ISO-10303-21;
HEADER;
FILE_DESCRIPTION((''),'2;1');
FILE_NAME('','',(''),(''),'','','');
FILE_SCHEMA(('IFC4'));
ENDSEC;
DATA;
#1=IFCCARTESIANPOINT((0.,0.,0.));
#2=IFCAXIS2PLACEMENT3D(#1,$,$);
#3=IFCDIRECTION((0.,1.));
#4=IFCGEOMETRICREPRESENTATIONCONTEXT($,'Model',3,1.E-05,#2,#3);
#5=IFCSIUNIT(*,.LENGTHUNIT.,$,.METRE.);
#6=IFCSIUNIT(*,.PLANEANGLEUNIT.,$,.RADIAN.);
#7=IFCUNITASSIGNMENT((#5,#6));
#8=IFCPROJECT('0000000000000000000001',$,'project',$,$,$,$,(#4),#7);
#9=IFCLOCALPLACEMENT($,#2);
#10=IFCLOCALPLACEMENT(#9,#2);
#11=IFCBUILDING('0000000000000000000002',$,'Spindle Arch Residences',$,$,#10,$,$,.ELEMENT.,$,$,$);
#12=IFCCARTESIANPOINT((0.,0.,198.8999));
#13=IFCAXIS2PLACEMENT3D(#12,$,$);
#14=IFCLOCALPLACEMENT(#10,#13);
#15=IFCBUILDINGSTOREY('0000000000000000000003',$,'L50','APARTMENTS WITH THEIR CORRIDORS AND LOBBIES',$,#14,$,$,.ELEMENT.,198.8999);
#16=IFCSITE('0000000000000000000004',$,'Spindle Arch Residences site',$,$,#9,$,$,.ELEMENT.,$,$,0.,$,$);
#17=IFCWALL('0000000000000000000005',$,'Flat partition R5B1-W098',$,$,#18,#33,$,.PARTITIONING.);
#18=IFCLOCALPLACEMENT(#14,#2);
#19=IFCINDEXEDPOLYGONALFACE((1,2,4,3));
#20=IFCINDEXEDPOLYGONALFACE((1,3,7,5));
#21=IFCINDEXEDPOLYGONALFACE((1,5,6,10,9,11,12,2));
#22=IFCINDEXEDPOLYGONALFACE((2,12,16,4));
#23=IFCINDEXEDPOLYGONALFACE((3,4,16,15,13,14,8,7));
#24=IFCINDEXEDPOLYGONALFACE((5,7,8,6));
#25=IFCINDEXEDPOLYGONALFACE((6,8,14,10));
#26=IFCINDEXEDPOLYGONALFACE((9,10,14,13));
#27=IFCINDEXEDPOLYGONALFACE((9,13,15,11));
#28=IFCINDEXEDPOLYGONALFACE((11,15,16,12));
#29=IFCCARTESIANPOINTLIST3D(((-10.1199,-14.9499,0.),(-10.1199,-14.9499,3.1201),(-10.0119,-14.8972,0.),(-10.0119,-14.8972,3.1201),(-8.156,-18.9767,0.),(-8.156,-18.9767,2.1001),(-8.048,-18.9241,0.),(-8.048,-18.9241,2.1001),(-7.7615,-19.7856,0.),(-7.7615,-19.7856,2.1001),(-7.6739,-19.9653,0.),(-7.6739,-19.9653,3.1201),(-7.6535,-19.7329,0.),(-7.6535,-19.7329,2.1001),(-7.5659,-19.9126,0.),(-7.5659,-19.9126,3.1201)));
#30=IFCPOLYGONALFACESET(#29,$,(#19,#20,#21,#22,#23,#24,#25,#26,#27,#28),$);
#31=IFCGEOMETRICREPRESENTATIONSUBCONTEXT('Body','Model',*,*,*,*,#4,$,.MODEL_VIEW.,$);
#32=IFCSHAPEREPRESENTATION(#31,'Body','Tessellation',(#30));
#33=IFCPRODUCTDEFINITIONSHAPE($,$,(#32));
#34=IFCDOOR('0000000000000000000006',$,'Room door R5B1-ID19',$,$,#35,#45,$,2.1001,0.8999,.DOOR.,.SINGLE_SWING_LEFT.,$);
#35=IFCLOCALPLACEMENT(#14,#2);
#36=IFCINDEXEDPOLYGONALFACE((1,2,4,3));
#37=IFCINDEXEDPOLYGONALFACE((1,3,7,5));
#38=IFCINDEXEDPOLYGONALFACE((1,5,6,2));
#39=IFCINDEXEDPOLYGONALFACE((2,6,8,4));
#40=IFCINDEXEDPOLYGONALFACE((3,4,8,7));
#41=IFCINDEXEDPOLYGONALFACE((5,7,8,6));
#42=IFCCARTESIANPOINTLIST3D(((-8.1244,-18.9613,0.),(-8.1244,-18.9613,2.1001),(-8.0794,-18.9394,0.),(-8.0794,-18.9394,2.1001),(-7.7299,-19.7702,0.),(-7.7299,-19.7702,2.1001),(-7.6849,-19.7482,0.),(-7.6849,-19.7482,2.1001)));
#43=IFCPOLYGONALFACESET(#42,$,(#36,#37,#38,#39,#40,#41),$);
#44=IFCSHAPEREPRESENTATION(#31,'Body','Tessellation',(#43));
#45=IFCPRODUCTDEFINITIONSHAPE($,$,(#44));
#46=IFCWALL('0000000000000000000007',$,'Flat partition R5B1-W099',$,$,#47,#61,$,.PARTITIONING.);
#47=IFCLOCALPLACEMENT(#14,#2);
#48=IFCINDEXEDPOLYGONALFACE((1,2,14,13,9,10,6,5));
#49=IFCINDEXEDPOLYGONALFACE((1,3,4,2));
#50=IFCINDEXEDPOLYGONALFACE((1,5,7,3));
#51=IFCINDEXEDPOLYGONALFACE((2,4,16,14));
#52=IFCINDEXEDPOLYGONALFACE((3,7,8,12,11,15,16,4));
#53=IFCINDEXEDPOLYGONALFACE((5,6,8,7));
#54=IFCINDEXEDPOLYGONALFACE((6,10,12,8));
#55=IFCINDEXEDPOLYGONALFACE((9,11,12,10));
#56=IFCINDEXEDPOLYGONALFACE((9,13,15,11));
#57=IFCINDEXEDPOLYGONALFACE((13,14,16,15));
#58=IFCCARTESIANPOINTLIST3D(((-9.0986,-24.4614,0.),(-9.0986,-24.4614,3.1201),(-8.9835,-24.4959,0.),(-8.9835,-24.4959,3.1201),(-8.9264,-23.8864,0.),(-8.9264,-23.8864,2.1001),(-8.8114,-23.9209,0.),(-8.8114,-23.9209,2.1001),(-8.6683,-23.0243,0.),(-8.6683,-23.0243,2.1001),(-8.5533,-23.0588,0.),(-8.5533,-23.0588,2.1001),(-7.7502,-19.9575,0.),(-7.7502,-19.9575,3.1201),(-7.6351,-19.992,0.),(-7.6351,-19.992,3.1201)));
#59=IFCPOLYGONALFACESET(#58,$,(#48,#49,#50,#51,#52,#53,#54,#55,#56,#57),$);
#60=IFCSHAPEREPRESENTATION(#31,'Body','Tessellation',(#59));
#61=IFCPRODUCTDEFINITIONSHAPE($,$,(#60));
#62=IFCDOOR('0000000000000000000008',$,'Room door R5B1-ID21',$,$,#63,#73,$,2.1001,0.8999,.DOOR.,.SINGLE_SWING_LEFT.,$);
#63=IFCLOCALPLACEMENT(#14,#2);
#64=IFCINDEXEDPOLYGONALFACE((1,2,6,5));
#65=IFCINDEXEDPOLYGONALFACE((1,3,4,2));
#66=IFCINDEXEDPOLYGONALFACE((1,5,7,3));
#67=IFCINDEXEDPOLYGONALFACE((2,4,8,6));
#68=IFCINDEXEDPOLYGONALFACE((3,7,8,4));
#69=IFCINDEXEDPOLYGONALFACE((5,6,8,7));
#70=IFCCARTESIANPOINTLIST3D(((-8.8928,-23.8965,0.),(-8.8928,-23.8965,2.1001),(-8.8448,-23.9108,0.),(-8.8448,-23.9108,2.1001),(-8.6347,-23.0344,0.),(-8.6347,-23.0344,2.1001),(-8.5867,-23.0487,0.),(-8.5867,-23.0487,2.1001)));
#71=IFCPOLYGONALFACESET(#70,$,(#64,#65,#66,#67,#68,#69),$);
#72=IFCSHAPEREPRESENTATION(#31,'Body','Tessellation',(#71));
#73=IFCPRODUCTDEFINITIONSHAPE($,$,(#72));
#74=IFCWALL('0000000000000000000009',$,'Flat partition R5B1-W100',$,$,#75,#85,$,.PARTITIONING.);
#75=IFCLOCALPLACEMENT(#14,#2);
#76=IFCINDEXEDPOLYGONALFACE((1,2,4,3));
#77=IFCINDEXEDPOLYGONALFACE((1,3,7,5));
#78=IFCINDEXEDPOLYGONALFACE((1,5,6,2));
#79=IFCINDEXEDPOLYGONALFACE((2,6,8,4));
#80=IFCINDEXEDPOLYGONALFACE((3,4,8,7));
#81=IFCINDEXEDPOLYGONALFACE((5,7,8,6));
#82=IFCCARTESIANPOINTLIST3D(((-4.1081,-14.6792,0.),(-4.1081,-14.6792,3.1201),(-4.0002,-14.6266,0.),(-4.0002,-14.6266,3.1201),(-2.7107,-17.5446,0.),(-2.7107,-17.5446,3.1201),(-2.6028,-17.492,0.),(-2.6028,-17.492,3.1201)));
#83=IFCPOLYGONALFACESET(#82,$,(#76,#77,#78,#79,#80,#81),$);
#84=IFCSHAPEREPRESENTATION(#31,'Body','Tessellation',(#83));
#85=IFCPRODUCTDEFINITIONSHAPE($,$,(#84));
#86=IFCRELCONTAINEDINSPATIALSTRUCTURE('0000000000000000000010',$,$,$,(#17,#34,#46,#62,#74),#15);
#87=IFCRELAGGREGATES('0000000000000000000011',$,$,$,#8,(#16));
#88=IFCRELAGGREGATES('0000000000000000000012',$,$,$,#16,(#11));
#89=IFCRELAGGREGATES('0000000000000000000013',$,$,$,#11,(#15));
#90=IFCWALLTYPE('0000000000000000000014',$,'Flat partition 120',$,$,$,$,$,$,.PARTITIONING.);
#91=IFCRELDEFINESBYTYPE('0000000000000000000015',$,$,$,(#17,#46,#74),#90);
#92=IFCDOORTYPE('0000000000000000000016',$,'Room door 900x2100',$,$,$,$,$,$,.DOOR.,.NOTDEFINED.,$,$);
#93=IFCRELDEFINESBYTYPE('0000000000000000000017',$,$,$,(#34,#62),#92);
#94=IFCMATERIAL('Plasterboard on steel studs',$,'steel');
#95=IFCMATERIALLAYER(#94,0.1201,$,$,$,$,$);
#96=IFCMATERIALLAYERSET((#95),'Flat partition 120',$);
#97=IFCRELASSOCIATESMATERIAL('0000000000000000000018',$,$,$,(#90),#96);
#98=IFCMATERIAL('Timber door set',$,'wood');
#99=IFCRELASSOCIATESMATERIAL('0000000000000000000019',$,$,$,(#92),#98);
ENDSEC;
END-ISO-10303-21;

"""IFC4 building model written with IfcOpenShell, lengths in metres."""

from ifc_helpers import new_model, si_unit, direction, frame, frame_2d, origin, place, context, subcontext, project, spatial, rectangle, extrude, material, layer, layer_set, type_object, element, fill, save


model = new_model("IFC4")

# Units and contexts
model_context = context("Model", 3, precision=1e-05, world=origin(), true_north=direction((0.0, 1.0)))
body_context = subcontext(model_context, "Body", "Model", "MODEL_VIEW")
ifc_project = project(units=[si_unit("LENGTHUNIT", "METRE"), si_unit("PLANEANGLEUNIT", "RADIAN")], contexts=[model_context])

# Site, building, storey
site_placement = place(None, origin())
site = spatial("IfcSite", under=ifc_project, at=site_placement, Name="Spindle Arch Residences site", CompositionType="ELEMENT", RefElevation=0.0)
building_placement = place(site_placement, origin())
building = spatial("IfcBuilding", under=site, at=building_placement, Name="Spindle Arch Residences", CompositionType="ELEMENT")
storey_placement = place(building_placement, frame((0.0, 0.0, 198.8999)))
storey = spatial("IfcBuildingStorey", under=building, at=storey_placement, Name="L50", Description="APARTMENTS WITH THEIR CORRIDORS AND LOBBIES", CompositionType="ELEMENT", Elevation=198.8999)

# Shared definitions
ifc_material_1 = material(Name="Plasterboard on steel studs", Category="steel")
ifc_layer_1 = layer(ifc_material_1, 0.1201)
ifc_layer_set_1 = layer_set([ifc_layer_1], Name="Flat partition 120")
wall_type = type_object("IfcWallType", Name="Flat partition 120", PredefinedType="PARTITIONING", material=ifc_layer_set_1)

# Walls, openings, doors
ifc_material_2 = material(Name="Timber door set", Category="wood")
door_type = type_object("IfcDoorType", Name="Room door 900x2100", OperationType="NOTDEFINED", PredefinedType="DOOR", material=ifc_material_2)
wall_1_placement = place(storey_placement, frame((-7.6199, -19.939, 0.0), z_axis=(0.0, 0.0, 1.0), x_axis=(-0.438354, 0.898803, 0.0)))
wall_1 = element("IfcWall", 1, at=wall_1_placement, inside=storey, type_object=wall_type, Name="Flat partition R5B1-W098", PredefinedType="PARTITIONING", context=body_context, shape_type="SweptSolid", body=[
    extrude(rectangle(XDim=5.5801, YDim=0.1201, at=frame_2d((2.79, 0.0))), origin(), (0.0, 0.0, 1.0), 3.1201),
])
opening_1_placement = place(wall_1_placement, frame((0.2, 0.0, 0.0)))
opening_1 = element("IfcOpeningElement", 2, at=opening_1_placement, cuts=wall_1, PredefinedType="OPENING", context=body_context, shape_type="SweptSolid", body=[
    extrude(rectangle(XDim=0.8999, YDim=2.1001, at=frame_2d((0.45, 1.05))), frame((0.0, 0.0701, 0.0), z_axis=(0.0, -1.0, 0.0), x_axis=(1.0, 0.0, 0.0)), (0.0, 0.0, 1.0), 0.1401),
])
door_1_placement = place(opening_1_placement, origin())
door_1 = element("IfcDoor", 3, at=door_1_placement, inside=storey, type_object=door_type, Name="Room door R5B1-ID19", OperationType="SINGLE_SWING_LEFT", OverallHeight=2.1001, OverallWidth=0.8999, PredefinedType="DOOR", context=body_context, shape_type="SweptSolid", body=[
    extrude(rectangle(XDim=0.8999, YDim=2.1001, at=frame_2d((0.45, 1.05))), frame((0.0, 0.0249, 0.0), z_axis=(0.0, -1.0, 0.0), x_axis=(1.0, 0.0, 0.0)), (0.0, 0.0, 1.0), 0.05),
])
fill(opening_1, door_1)
wall_2_placement = place(storey_placement, frame((-9.041, -24.4785, 0.0), z_axis=(0.0, 0.0, 1.0), x_axis=(0.286805, 0.957989, 0.0)))
wall_2 = element("IfcWall", 4, at=wall_2_placement, inside=storey, type_object=wall_type, Name="Flat partition R5B1-W099", PredefinedType="PARTITIONING", context=body_context, shape_type="SweptSolid", body=[
    extrude(rectangle(XDim=4.7014, YDim=0.1201, at=frame_2d((2.3506, 0.0))), origin(), (0.0, 0.0, 1.0), 3.1201),
])
opening_2_placement = place(wall_2_placement, frame((0.6001, 0.0, 0.0)))
opening_2 = element("IfcOpeningElement", 5, at=opening_2_placement, cuts=wall_2, PredefinedType="OPENING", context=body_context, shape_type="SweptSolid", body=[
    extrude(rectangle(XDim=0.8999, YDim=2.1001, at=frame_2d((0.45, 1.05))), frame((0.0, 0.0701, 0.0), z_axis=(0.0, -1.0, 0.0), x_axis=(1.0, 0.0, 0.0)), (0.0, 0.0, 1.0), 0.1401),
])
door_2_placement = place(opening_2_placement, origin())
door_2 = element("IfcDoor", 6, at=door_2_placement, inside=storey, type_object=door_type, Name="Room door R5B1-ID21", OperationType="SINGLE_SWING_LEFT", OverallHeight=2.1001, OverallWidth=0.8999, PredefinedType="DOOR", context=body_context, shape_type="SweptSolid", body=[
    extrude(rectangle(XDim=0.8999, YDim=2.1001, at=frame_2d((0.45, 1.05))), frame((0.0, 0.0249, 0.0), z_axis=(0.0, -1.0, 0.0), x_axis=(1.0, 0.0, 0.0)), (0.0, 0.0, 1.0), 0.05),
])
fill(opening_2, door_2)

# Wall
wall_3_placement = place(storey_placement, frame((-2.6567, -17.5183, 0.0), z_axis=(0.0, 0.0, 1.0), x_axis=(-0.438339, 0.89881, 0.0)))
element("IfcWall", 7, at=wall_3_placement, inside=storey, type_object=wall_type, Name="Flat partition R5B1-W100", PredefinedType="PARTITIONING", context=body_context, shape_type="SweptSolid", body=[
    extrude(rectangle(XDim=3.188, YDim=0.1201, at=frame_2d((1.594, 0.0))), origin(), (0.0, 0.0, 1.0), 3.1201),
])

save(model, "model.ifc")
